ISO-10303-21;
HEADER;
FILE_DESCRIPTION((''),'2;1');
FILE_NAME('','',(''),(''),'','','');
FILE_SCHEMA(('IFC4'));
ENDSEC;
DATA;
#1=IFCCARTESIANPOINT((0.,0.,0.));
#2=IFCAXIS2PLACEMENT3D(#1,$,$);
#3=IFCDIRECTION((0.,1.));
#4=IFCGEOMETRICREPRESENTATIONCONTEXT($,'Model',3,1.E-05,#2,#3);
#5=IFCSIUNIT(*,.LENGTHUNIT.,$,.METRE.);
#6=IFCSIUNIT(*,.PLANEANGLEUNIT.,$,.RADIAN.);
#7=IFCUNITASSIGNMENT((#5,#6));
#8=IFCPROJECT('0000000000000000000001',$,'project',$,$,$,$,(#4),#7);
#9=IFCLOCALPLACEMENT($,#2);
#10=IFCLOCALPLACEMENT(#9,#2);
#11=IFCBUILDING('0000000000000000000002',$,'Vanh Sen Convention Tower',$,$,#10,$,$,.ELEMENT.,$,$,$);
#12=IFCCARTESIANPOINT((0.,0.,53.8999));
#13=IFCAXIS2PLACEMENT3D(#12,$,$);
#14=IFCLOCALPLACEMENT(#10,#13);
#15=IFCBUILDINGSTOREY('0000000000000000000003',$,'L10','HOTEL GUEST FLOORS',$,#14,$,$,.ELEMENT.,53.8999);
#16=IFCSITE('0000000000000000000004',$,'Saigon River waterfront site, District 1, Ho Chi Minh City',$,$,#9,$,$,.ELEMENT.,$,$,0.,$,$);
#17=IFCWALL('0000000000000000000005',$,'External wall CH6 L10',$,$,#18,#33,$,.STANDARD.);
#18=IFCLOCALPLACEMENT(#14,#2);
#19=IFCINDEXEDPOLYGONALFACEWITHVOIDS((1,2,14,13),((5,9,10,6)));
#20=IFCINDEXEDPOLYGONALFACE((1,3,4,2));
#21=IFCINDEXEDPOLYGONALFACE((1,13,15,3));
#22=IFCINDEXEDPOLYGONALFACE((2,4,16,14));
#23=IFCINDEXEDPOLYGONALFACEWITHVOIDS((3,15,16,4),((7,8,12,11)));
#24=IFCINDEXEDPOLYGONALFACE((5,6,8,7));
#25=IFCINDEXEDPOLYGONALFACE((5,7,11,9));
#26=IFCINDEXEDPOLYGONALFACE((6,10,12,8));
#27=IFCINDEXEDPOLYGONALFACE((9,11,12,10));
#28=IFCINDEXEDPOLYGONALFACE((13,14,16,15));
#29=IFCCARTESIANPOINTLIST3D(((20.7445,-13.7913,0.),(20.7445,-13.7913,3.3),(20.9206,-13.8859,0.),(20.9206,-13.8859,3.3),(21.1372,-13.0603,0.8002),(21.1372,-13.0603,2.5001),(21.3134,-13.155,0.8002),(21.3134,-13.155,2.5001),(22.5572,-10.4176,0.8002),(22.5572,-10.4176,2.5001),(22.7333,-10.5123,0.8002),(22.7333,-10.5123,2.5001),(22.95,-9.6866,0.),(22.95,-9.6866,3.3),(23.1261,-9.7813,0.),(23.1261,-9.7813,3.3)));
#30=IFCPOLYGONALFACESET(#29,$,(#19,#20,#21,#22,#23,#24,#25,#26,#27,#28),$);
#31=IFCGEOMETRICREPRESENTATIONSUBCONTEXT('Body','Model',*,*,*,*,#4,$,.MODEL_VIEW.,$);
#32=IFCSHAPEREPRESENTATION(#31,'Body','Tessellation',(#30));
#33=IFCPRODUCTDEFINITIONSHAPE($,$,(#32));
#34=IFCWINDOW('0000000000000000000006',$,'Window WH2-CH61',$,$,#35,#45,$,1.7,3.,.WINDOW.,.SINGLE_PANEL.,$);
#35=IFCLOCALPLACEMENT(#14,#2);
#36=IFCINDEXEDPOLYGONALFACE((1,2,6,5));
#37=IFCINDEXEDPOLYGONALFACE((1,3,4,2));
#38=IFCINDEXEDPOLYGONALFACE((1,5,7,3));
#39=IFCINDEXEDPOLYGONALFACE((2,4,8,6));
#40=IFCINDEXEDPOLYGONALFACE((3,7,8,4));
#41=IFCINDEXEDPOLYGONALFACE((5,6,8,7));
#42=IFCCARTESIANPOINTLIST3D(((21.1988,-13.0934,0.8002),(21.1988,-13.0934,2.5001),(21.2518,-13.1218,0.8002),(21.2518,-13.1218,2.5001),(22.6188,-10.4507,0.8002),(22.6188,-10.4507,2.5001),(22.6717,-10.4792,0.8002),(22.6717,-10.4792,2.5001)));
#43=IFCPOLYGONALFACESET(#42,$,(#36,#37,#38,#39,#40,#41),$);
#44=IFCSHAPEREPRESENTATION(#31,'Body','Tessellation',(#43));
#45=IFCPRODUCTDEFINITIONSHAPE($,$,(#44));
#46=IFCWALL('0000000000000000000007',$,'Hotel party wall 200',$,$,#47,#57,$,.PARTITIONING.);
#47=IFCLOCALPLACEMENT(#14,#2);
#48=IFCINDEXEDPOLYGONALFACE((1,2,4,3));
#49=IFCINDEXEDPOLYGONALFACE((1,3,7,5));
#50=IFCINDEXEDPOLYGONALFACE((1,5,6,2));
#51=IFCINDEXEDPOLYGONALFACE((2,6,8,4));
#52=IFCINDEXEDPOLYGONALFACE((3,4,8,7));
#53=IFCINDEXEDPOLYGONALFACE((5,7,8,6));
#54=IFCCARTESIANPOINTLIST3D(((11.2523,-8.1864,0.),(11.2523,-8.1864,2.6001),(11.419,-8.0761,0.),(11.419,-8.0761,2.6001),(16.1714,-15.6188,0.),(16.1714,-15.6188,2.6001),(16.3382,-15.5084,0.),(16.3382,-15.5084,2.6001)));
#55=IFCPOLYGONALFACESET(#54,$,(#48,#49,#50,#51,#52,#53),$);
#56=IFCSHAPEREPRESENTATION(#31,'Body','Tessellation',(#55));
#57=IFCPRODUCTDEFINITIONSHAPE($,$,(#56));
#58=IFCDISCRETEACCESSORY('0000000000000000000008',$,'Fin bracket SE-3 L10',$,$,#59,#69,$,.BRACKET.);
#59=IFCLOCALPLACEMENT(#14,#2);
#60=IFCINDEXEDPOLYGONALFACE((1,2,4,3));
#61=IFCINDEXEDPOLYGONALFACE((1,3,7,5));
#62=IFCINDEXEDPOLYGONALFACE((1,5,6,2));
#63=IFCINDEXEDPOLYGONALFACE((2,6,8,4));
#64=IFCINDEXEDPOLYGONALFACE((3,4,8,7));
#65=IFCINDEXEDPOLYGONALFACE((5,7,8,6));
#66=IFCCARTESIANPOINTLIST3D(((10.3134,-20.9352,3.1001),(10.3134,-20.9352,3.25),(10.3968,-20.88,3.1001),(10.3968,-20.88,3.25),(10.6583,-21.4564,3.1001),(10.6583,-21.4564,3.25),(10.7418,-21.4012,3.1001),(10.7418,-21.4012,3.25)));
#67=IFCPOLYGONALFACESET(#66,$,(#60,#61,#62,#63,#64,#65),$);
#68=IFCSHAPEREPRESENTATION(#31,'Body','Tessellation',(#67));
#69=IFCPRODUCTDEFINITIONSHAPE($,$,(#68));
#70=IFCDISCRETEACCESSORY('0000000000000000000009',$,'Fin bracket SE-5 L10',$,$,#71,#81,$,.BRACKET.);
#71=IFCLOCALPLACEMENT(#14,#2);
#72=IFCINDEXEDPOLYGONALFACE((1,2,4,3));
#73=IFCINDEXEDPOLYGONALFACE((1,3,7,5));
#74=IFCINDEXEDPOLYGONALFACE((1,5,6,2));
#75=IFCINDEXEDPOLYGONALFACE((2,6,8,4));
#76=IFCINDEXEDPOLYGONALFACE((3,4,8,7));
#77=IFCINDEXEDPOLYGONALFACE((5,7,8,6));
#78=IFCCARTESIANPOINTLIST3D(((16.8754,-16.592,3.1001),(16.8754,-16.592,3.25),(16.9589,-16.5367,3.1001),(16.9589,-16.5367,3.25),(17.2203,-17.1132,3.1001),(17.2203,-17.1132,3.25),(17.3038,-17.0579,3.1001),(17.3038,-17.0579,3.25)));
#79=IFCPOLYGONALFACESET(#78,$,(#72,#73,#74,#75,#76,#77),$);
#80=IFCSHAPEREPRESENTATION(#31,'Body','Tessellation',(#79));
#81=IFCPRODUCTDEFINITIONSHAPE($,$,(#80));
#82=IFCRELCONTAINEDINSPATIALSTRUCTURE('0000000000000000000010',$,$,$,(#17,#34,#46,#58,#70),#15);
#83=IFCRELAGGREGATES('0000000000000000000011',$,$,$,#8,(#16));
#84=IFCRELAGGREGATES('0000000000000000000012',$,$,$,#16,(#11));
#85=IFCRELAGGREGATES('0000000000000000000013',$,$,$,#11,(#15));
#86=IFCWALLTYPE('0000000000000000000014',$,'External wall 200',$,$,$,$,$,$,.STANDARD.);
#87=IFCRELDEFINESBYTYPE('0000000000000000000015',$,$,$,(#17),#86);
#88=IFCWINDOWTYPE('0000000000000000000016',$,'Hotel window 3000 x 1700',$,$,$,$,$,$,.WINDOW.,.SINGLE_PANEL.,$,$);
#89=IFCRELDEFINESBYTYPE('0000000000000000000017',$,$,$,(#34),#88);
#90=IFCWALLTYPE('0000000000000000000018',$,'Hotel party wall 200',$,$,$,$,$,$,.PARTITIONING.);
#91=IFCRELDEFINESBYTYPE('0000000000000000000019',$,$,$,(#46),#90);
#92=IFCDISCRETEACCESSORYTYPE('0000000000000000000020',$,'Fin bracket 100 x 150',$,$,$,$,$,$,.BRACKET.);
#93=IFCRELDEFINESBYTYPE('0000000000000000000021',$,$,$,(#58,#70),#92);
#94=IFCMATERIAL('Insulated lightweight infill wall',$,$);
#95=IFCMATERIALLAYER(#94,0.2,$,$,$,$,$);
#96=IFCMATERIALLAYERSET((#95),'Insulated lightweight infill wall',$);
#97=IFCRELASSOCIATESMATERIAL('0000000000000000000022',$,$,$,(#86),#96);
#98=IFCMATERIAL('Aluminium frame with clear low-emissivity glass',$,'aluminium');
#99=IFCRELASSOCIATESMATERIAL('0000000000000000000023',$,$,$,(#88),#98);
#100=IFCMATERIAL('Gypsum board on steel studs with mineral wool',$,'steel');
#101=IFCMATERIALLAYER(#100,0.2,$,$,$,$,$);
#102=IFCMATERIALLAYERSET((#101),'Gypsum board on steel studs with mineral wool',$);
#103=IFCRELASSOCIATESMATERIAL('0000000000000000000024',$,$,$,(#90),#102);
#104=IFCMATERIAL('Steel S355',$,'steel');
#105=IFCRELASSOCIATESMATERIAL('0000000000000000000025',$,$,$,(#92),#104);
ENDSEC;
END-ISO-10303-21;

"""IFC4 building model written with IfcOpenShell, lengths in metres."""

from ifc_helpers import new_model, si_unit, direction, frame, frame_2d, origin, origin_2d, place, context, subcontext, project, spatial, rectangle, extrude, material, layer, layer_set, type_object, element, fill, save


model = new_model("IFC4")

# Units and contexts
model_context = context("Model", 3, precision=1e-05, world=origin(), true_north=direction((0.0, 1.0)))
body_context = subcontext(model_context, "Body", "Model", "MODEL_VIEW")
ifc_project = project(units=[si_unit("LENGTHUNIT", "METRE"), si_unit("PLANEANGLEUNIT", "RADIAN")], contexts=[model_context])

# Site, building, storey
site_placement = place(None, origin())
site = spatial("IfcSite", under=ifc_project, at=site_placement, Name="Saigon River waterfront site, District 1, Ho Chi Minh City", CompositionType="ELEMENT", RefElevation=0.0)
building_placement = place(site_placement, origin())
building = spatial("IfcBuilding", under=site, at=building_placement, Name="Vanh Sen Convention Tower", CompositionType="ELEMENT")
storey_placement = place(building_placement, frame((0.0, 0.0, 53.8999)))
storey = spatial("IfcBuildingStorey", under=building, at=storey_placement, Name="L10", Description="HOTEL GUEST FLOORS", CompositionType="ELEMENT", Elevation=53.8999)

# Shared definitions
ifc_material_1 = material(Name="Insulated lightweight infill wall")
ifc_layer_1 = layer(ifc_material_1, 0.2)
ifc_layer_set_1 = layer_set([ifc_layer_1], Name="Insulated lightweight infill wall")
wall_type_1 = type_object("IfcWallType", Name="External wall 200", PredefinedType="STANDARD", material=ifc_layer_set_1)
ifc_material_2 = material(Name="Aluminium frame with clear low-emissivity glass", Category="aluminium")

# Wall, opening, window
wall_1_placement = place(storey_placement, frame((20.8325, -13.8386, 0.0), z_axis=(0.0, 0.0, 1.0), x_axis=(0.473322, 0.88089, 0.0)))
wall_1 = element("IfcWall", 1, at=wall_1_placement, inside=storey, type_object=wall_type_1, Name="External wall CH6 L10", PredefinedType="STANDARD", context=body_context, shape_type="SweptSolid", body=[
    extrude(rectangle(XDim=4.6597, YDim=0.2, at=frame_2d((2.3298, 0.0))), origin(), (0.0, 0.0, 1.0), 3.3),
])
opening_1_placement = place(wall_1_placement, frame((0.8298, 0.0, 0.8)))
opening_1 = element("IfcOpeningElement", 2, at=opening_1_placement, cuts=wall_1, PredefinedType="OPENING", context=body_context, shape_type="SweptSolid", body=[
    extrude(rectangle(XDim=3.0, YDim=1.7, at=frame_2d((1.5, 0.8501))), frame((0.0, 0.1099, 0.0), z_axis=(0.0, -1.0, 0.0), x_axis=(1.0, 0.0, 0.0)), (0.0, 0.0, 1.0), 0.22),
])
window_type_1 = type_object("IfcWindowType", Name="Hotel window 3000 x 1700", PartitioningType="SINGLE_PANEL", PredefinedType="WINDOW", material=ifc_material_2)
window_1_placement = place(opening_1_placement, origin())
window_1 = element("IfcWindow", 3, at=window_1_placement, inside=storey, type_object=window_type_1, Name="Window WH2-CH61", OverallHeight=1.7, OverallWidth=3.0, PartitioningType="SINGLE_PANEL", PredefinedType="WINDOW", context=body_context, shape_type="SweptSolid", body=[
    extrude(rectangle(XDim=3.0, YDim=1.7, at=frame_2d((1.5, 0.8501))), frame((0.0, 0.03, 0.0), z_axis=(0.0, -1.0, 0.0), x_axis=(1.0, 0.0, 0.0)), (0.0, 0.0, 1.0), 0.0601),
])
fill(opening_1, window_1)

# Wall
ifc_material_3 = material(Name="Gypsum board on steel studs with mineral wool", Category="steel")
ifc_layer_2 = layer(ifc_material_3, 0.2)
ifc_layer_set_2 = layer_set([ifc_layer_2], Name="Gypsum board on steel studs with mineral wool")
wall_type_2 = type_object("IfcWallType", Name="Hotel party wall 200", PredefinedType="PARTITIONING", material=ifc_layer_set_2)
wall_2_placement = place(storey_placement, frame((16.2549, -15.5637, 0.0), z_axis=(0.0, 0.0, 1.0), x_axis=(-0.551922, 0.833896, 0.0)))
element("IfcWall", 4, at=wall_2_placement, inside=storey, type_object=wall_type_2, Name="Hotel party wall 200", PredefinedType="PARTITIONING", context=body_context, shape_type="SweptSolid", body=[
    extrude(rectangle(XDim=8.9128, YDim=0.2, at=frame_2d((4.4565, 0.0))), origin(), (0.0, 0.0, 1.0), 2.6001),
])

# Discrete accessories
ifc_material_4 = material(Name="Steel S355", Category="steel")
discrete_accessory_type = type_object("IfcDiscreteAccessoryType", Name="Fin bracket 100 x 150", PredefinedType="BRACKET", material=ifc_material_4)
for number, where, z_axis, x_axis, name in (
    (5, (10.5276, -21.1682, 3.1001), (0.0, 0.0, 1.0), (0.551937, -0.833886, 0.0), "Fin bracket SE-3 L10"),
    (6, (17.0896, -16.825, 3.1001), (0.0, 0.0, 1.0), (0.551937, -0.833886, 0.0), "Fin bracket SE-5 L10"),
):
    element("IfcDiscreteAccessory", number, at=place(storey_placement, frame(where, z_axis=z_axis, x_axis=x_axis)), inside=storey, type_object=discrete_accessory_type, Name=name, PredefinedType="BRACKET", context=body_context, shape_type="SweptSolid", body=[
        extrude(rectangle(XDim=0.625, YDim=0.1001, at=origin_2d()), origin(), (0.0, 0.0, 1.0), 0.1499),
    ])

save(model, "model.ifc")
